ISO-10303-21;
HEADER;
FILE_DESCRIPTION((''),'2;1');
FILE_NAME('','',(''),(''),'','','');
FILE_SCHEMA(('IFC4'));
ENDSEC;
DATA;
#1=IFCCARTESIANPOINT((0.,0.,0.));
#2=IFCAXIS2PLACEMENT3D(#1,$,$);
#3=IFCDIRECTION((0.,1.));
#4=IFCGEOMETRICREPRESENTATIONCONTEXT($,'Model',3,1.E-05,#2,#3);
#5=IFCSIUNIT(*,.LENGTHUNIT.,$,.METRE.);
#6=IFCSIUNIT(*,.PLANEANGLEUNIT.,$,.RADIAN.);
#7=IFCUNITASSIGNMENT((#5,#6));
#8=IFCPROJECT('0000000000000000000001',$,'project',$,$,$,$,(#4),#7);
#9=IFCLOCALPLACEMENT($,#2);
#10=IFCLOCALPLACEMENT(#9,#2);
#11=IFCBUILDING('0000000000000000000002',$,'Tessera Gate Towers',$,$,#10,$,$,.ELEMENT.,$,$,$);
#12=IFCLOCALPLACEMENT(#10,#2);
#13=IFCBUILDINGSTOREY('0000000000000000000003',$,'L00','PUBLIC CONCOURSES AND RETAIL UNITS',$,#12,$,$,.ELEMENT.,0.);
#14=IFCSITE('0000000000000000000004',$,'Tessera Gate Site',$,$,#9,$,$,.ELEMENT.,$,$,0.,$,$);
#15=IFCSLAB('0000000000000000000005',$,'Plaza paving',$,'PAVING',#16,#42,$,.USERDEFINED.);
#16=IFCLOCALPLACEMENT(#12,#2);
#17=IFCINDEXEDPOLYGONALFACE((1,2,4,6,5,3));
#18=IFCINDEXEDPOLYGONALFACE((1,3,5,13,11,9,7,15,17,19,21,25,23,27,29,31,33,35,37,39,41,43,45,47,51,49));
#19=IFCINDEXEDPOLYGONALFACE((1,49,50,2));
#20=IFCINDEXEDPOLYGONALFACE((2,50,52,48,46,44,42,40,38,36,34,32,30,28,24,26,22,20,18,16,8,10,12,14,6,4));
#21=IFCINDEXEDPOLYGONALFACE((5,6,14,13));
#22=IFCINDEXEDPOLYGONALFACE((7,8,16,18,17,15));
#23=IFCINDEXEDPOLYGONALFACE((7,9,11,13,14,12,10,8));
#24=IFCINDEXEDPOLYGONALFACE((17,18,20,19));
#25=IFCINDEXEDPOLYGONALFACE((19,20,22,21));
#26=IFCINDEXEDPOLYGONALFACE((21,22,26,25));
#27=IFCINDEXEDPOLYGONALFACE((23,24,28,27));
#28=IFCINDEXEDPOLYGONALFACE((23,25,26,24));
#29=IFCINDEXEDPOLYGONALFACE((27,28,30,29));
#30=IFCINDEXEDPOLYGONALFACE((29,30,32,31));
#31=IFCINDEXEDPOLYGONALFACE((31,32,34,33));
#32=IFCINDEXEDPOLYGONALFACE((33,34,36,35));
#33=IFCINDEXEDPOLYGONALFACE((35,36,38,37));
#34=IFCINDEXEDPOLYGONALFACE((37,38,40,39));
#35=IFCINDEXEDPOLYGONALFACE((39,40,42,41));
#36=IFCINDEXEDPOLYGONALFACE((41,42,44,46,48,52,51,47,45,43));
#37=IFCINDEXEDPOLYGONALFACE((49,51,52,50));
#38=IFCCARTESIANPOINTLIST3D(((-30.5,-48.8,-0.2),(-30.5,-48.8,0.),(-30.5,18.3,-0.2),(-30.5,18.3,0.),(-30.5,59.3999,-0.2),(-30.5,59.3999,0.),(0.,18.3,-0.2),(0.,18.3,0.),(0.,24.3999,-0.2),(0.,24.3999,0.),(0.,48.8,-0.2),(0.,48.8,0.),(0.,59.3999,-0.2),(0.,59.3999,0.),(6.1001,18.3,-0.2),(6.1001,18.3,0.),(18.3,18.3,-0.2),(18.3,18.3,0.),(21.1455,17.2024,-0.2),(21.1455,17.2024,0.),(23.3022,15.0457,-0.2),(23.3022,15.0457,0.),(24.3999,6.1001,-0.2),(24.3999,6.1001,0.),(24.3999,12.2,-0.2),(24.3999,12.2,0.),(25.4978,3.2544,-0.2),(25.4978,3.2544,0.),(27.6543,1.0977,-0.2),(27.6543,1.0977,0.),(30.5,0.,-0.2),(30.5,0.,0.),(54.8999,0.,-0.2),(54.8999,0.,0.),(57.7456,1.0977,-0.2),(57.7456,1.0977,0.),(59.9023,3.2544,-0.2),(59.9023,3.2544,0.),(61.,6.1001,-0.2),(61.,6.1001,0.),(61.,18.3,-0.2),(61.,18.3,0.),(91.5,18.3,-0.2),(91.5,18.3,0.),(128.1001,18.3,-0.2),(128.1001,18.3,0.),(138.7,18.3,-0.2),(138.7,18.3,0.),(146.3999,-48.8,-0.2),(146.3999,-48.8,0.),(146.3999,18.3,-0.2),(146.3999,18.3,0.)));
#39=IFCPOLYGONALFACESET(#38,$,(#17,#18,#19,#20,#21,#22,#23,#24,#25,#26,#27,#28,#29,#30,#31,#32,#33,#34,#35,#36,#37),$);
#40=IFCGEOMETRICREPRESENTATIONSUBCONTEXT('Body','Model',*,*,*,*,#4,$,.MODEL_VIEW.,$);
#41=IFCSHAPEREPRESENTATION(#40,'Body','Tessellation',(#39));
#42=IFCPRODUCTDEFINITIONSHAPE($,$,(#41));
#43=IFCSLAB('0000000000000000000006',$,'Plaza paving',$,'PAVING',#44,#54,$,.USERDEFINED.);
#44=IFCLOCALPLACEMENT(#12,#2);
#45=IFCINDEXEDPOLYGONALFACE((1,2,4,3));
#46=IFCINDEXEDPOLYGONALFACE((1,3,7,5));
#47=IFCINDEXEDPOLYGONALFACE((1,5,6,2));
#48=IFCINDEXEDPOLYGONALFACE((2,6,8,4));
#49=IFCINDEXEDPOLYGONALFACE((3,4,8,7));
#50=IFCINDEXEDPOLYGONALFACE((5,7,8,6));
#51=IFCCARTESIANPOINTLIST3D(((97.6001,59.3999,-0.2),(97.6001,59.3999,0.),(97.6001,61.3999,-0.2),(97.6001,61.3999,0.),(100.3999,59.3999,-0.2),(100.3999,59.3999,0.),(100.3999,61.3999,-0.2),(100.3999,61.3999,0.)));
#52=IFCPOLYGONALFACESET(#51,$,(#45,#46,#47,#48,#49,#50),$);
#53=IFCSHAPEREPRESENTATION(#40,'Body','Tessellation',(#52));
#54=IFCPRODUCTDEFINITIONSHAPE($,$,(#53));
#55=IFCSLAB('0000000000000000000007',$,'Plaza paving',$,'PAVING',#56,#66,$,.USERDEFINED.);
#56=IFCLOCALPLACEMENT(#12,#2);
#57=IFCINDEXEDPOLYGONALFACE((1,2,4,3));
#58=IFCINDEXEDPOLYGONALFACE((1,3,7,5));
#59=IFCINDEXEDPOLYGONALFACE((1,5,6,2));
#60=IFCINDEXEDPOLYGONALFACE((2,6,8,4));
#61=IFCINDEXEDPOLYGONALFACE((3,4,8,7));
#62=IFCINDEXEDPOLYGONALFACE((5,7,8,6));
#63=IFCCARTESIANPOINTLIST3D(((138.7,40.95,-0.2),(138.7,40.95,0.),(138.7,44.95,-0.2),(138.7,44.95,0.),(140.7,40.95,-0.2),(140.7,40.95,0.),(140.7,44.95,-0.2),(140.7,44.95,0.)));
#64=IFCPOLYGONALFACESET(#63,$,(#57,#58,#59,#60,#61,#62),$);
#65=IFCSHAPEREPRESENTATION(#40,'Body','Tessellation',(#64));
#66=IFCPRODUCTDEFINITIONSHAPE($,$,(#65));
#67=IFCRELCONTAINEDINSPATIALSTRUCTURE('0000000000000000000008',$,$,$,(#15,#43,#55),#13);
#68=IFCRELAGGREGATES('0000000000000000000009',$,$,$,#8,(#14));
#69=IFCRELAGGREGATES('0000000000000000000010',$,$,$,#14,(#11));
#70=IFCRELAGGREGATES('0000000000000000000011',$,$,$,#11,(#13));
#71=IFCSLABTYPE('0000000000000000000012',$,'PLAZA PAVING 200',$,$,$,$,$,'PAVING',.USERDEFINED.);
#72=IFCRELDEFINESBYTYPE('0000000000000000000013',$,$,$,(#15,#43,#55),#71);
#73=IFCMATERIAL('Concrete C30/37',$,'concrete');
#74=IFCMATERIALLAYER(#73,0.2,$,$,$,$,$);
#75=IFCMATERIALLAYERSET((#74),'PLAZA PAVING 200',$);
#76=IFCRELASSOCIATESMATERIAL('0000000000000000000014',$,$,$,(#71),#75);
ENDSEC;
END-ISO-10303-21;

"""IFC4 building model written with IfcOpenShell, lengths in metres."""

from ifc_helpers import new_model, si_unit, direction, frame, origin, place, context, subcontext, project, spatial, polyline, outline, extrude, material, layer, layer_set, type_object, element, save


model = new_model("IFC4")

# Units and contexts
model_context = context("Model", 3, precision=1e-05, world=origin(), true_north=direction((0.0, 1.0)))
body_context = subcontext(model_context, "Body", "Model", "MODEL_VIEW")
ifc_project = project(units=[si_unit("LENGTHUNIT", "METRE"), si_unit("PLANEANGLEUNIT", "RADIAN")], contexts=[model_context])

# Site, building, storey
site_placement = place(None, origin())
site = spatial("IfcSite", under=ifc_project, at=site_placement, Name="Tessera Gate Site", CompositionType="ELEMENT", RefElevation=0.0)
building_placement = place(site_placement, origin())
building = spatial("IfcBuilding", under=site, at=building_placement, Name="Tessera Gate Towers", CompositionType="ELEMENT")
storey_placement = place(building_placement, origin())
storey = spatial("IfcBuildingStorey", under=building, at=storey_placement, Name="L00", Description="PUBLIC CONCOURSES AND RETAIL UNITS", CompositionType="ELEMENT", Elevation=0.0)

# Slabs
ifc_material_1 = material(Name="Concrete C30/37", Category="concrete")
ifc_layer_1 = layer(ifc_material_1, 0.2)
ifc_layer_set_1 = layer_set([ifc_layer_1], Name="PLAZA PAVING 200")
slab_type_1 = type_object("IfcSlabType", Name="PLAZA PAVING 200", ElementType="PAVING", PredefinedType="USERDEFINED", material=ifc_layer_set_1)
slab_1_placement = place(storey_placement, frame((0.0, 0.0, -0.2)))
element("IfcSlab", 1, at=slab_1_placement, inside=storey, type_object=slab_type_1, Name="Plaza paving", ObjectType="PAVING", PredefinedType="USERDEFINED", context=body_context, shape_type="SweptSolid", body=[
    extrude(outline(polyline([(-30.5, -48.8), (146.3999, -48.8), (146.3999, 18.3), (138.7, 18.3), (128.1001, 18.3), (91.5, 18.3), (61.0, 18.3), (61.0, 6.1001), (59.9023, 3.2544), (57.7456, 1.0977), (54.8999, 0.0), (30.5, 0.0), (27.6543, 1.0977), (25.4978, 3.2544), (24.3999, 6.1001), (24.3999, 12.2), (23.3022, 15.0457), (21.1455, 17.2024), (18.3, 18.3), (6.1001, 18.3), (0.0, 18.3), (0.0, 24.3999), (0.0, 48.8), (0.0, 59.3999), (-30.5, 59.3999), (-30.5, 18.3), (-30.5, -48.8)])), origin(), (0.0, 0.0, 1.0), 0.2),
])
slab_2_placement = place(storey_placement, frame((0.0, 0.0, -0.2)))
element("IfcSlab", 2, at=slab_2_placement, inside=storey, type_object=slab_type_1, Name="Plaza paving", ObjectType="PAVING", PredefinedType="USERDEFINED", context=body_context, shape_type="SweptSolid", body=[
    extrude(outline(polyline([(97.6001, 59.3999), (100.3999, 59.3999), (100.3999, 61.3999), (97.6001, 61.3999), (97.6001, 59.3999)])), origin(), (0.0, 0.0, 1.0), 0.2),
])
slab_3_placement = place(storey_placement, frame((0.0, 0.0, -0.2)))
element("IfcSlab", 3, at=slab_3_placement, inside=storey, type_object=slab_type_1, Name="Plaza paving", ObjectType="PAVING", PredefinedType="USERDEFINED", context=body_context, shape_type="SweptSolid", body=[
    extrude(outline(polyline([(138.7, 40.95), (140.7, 40.95), (140.7, 44.95), (138.7, 44.95), (138.7, 40.95)])), origin(), (0.0, 0.0, 1.0), 0.2),
])

save(model, "model.ifc")
